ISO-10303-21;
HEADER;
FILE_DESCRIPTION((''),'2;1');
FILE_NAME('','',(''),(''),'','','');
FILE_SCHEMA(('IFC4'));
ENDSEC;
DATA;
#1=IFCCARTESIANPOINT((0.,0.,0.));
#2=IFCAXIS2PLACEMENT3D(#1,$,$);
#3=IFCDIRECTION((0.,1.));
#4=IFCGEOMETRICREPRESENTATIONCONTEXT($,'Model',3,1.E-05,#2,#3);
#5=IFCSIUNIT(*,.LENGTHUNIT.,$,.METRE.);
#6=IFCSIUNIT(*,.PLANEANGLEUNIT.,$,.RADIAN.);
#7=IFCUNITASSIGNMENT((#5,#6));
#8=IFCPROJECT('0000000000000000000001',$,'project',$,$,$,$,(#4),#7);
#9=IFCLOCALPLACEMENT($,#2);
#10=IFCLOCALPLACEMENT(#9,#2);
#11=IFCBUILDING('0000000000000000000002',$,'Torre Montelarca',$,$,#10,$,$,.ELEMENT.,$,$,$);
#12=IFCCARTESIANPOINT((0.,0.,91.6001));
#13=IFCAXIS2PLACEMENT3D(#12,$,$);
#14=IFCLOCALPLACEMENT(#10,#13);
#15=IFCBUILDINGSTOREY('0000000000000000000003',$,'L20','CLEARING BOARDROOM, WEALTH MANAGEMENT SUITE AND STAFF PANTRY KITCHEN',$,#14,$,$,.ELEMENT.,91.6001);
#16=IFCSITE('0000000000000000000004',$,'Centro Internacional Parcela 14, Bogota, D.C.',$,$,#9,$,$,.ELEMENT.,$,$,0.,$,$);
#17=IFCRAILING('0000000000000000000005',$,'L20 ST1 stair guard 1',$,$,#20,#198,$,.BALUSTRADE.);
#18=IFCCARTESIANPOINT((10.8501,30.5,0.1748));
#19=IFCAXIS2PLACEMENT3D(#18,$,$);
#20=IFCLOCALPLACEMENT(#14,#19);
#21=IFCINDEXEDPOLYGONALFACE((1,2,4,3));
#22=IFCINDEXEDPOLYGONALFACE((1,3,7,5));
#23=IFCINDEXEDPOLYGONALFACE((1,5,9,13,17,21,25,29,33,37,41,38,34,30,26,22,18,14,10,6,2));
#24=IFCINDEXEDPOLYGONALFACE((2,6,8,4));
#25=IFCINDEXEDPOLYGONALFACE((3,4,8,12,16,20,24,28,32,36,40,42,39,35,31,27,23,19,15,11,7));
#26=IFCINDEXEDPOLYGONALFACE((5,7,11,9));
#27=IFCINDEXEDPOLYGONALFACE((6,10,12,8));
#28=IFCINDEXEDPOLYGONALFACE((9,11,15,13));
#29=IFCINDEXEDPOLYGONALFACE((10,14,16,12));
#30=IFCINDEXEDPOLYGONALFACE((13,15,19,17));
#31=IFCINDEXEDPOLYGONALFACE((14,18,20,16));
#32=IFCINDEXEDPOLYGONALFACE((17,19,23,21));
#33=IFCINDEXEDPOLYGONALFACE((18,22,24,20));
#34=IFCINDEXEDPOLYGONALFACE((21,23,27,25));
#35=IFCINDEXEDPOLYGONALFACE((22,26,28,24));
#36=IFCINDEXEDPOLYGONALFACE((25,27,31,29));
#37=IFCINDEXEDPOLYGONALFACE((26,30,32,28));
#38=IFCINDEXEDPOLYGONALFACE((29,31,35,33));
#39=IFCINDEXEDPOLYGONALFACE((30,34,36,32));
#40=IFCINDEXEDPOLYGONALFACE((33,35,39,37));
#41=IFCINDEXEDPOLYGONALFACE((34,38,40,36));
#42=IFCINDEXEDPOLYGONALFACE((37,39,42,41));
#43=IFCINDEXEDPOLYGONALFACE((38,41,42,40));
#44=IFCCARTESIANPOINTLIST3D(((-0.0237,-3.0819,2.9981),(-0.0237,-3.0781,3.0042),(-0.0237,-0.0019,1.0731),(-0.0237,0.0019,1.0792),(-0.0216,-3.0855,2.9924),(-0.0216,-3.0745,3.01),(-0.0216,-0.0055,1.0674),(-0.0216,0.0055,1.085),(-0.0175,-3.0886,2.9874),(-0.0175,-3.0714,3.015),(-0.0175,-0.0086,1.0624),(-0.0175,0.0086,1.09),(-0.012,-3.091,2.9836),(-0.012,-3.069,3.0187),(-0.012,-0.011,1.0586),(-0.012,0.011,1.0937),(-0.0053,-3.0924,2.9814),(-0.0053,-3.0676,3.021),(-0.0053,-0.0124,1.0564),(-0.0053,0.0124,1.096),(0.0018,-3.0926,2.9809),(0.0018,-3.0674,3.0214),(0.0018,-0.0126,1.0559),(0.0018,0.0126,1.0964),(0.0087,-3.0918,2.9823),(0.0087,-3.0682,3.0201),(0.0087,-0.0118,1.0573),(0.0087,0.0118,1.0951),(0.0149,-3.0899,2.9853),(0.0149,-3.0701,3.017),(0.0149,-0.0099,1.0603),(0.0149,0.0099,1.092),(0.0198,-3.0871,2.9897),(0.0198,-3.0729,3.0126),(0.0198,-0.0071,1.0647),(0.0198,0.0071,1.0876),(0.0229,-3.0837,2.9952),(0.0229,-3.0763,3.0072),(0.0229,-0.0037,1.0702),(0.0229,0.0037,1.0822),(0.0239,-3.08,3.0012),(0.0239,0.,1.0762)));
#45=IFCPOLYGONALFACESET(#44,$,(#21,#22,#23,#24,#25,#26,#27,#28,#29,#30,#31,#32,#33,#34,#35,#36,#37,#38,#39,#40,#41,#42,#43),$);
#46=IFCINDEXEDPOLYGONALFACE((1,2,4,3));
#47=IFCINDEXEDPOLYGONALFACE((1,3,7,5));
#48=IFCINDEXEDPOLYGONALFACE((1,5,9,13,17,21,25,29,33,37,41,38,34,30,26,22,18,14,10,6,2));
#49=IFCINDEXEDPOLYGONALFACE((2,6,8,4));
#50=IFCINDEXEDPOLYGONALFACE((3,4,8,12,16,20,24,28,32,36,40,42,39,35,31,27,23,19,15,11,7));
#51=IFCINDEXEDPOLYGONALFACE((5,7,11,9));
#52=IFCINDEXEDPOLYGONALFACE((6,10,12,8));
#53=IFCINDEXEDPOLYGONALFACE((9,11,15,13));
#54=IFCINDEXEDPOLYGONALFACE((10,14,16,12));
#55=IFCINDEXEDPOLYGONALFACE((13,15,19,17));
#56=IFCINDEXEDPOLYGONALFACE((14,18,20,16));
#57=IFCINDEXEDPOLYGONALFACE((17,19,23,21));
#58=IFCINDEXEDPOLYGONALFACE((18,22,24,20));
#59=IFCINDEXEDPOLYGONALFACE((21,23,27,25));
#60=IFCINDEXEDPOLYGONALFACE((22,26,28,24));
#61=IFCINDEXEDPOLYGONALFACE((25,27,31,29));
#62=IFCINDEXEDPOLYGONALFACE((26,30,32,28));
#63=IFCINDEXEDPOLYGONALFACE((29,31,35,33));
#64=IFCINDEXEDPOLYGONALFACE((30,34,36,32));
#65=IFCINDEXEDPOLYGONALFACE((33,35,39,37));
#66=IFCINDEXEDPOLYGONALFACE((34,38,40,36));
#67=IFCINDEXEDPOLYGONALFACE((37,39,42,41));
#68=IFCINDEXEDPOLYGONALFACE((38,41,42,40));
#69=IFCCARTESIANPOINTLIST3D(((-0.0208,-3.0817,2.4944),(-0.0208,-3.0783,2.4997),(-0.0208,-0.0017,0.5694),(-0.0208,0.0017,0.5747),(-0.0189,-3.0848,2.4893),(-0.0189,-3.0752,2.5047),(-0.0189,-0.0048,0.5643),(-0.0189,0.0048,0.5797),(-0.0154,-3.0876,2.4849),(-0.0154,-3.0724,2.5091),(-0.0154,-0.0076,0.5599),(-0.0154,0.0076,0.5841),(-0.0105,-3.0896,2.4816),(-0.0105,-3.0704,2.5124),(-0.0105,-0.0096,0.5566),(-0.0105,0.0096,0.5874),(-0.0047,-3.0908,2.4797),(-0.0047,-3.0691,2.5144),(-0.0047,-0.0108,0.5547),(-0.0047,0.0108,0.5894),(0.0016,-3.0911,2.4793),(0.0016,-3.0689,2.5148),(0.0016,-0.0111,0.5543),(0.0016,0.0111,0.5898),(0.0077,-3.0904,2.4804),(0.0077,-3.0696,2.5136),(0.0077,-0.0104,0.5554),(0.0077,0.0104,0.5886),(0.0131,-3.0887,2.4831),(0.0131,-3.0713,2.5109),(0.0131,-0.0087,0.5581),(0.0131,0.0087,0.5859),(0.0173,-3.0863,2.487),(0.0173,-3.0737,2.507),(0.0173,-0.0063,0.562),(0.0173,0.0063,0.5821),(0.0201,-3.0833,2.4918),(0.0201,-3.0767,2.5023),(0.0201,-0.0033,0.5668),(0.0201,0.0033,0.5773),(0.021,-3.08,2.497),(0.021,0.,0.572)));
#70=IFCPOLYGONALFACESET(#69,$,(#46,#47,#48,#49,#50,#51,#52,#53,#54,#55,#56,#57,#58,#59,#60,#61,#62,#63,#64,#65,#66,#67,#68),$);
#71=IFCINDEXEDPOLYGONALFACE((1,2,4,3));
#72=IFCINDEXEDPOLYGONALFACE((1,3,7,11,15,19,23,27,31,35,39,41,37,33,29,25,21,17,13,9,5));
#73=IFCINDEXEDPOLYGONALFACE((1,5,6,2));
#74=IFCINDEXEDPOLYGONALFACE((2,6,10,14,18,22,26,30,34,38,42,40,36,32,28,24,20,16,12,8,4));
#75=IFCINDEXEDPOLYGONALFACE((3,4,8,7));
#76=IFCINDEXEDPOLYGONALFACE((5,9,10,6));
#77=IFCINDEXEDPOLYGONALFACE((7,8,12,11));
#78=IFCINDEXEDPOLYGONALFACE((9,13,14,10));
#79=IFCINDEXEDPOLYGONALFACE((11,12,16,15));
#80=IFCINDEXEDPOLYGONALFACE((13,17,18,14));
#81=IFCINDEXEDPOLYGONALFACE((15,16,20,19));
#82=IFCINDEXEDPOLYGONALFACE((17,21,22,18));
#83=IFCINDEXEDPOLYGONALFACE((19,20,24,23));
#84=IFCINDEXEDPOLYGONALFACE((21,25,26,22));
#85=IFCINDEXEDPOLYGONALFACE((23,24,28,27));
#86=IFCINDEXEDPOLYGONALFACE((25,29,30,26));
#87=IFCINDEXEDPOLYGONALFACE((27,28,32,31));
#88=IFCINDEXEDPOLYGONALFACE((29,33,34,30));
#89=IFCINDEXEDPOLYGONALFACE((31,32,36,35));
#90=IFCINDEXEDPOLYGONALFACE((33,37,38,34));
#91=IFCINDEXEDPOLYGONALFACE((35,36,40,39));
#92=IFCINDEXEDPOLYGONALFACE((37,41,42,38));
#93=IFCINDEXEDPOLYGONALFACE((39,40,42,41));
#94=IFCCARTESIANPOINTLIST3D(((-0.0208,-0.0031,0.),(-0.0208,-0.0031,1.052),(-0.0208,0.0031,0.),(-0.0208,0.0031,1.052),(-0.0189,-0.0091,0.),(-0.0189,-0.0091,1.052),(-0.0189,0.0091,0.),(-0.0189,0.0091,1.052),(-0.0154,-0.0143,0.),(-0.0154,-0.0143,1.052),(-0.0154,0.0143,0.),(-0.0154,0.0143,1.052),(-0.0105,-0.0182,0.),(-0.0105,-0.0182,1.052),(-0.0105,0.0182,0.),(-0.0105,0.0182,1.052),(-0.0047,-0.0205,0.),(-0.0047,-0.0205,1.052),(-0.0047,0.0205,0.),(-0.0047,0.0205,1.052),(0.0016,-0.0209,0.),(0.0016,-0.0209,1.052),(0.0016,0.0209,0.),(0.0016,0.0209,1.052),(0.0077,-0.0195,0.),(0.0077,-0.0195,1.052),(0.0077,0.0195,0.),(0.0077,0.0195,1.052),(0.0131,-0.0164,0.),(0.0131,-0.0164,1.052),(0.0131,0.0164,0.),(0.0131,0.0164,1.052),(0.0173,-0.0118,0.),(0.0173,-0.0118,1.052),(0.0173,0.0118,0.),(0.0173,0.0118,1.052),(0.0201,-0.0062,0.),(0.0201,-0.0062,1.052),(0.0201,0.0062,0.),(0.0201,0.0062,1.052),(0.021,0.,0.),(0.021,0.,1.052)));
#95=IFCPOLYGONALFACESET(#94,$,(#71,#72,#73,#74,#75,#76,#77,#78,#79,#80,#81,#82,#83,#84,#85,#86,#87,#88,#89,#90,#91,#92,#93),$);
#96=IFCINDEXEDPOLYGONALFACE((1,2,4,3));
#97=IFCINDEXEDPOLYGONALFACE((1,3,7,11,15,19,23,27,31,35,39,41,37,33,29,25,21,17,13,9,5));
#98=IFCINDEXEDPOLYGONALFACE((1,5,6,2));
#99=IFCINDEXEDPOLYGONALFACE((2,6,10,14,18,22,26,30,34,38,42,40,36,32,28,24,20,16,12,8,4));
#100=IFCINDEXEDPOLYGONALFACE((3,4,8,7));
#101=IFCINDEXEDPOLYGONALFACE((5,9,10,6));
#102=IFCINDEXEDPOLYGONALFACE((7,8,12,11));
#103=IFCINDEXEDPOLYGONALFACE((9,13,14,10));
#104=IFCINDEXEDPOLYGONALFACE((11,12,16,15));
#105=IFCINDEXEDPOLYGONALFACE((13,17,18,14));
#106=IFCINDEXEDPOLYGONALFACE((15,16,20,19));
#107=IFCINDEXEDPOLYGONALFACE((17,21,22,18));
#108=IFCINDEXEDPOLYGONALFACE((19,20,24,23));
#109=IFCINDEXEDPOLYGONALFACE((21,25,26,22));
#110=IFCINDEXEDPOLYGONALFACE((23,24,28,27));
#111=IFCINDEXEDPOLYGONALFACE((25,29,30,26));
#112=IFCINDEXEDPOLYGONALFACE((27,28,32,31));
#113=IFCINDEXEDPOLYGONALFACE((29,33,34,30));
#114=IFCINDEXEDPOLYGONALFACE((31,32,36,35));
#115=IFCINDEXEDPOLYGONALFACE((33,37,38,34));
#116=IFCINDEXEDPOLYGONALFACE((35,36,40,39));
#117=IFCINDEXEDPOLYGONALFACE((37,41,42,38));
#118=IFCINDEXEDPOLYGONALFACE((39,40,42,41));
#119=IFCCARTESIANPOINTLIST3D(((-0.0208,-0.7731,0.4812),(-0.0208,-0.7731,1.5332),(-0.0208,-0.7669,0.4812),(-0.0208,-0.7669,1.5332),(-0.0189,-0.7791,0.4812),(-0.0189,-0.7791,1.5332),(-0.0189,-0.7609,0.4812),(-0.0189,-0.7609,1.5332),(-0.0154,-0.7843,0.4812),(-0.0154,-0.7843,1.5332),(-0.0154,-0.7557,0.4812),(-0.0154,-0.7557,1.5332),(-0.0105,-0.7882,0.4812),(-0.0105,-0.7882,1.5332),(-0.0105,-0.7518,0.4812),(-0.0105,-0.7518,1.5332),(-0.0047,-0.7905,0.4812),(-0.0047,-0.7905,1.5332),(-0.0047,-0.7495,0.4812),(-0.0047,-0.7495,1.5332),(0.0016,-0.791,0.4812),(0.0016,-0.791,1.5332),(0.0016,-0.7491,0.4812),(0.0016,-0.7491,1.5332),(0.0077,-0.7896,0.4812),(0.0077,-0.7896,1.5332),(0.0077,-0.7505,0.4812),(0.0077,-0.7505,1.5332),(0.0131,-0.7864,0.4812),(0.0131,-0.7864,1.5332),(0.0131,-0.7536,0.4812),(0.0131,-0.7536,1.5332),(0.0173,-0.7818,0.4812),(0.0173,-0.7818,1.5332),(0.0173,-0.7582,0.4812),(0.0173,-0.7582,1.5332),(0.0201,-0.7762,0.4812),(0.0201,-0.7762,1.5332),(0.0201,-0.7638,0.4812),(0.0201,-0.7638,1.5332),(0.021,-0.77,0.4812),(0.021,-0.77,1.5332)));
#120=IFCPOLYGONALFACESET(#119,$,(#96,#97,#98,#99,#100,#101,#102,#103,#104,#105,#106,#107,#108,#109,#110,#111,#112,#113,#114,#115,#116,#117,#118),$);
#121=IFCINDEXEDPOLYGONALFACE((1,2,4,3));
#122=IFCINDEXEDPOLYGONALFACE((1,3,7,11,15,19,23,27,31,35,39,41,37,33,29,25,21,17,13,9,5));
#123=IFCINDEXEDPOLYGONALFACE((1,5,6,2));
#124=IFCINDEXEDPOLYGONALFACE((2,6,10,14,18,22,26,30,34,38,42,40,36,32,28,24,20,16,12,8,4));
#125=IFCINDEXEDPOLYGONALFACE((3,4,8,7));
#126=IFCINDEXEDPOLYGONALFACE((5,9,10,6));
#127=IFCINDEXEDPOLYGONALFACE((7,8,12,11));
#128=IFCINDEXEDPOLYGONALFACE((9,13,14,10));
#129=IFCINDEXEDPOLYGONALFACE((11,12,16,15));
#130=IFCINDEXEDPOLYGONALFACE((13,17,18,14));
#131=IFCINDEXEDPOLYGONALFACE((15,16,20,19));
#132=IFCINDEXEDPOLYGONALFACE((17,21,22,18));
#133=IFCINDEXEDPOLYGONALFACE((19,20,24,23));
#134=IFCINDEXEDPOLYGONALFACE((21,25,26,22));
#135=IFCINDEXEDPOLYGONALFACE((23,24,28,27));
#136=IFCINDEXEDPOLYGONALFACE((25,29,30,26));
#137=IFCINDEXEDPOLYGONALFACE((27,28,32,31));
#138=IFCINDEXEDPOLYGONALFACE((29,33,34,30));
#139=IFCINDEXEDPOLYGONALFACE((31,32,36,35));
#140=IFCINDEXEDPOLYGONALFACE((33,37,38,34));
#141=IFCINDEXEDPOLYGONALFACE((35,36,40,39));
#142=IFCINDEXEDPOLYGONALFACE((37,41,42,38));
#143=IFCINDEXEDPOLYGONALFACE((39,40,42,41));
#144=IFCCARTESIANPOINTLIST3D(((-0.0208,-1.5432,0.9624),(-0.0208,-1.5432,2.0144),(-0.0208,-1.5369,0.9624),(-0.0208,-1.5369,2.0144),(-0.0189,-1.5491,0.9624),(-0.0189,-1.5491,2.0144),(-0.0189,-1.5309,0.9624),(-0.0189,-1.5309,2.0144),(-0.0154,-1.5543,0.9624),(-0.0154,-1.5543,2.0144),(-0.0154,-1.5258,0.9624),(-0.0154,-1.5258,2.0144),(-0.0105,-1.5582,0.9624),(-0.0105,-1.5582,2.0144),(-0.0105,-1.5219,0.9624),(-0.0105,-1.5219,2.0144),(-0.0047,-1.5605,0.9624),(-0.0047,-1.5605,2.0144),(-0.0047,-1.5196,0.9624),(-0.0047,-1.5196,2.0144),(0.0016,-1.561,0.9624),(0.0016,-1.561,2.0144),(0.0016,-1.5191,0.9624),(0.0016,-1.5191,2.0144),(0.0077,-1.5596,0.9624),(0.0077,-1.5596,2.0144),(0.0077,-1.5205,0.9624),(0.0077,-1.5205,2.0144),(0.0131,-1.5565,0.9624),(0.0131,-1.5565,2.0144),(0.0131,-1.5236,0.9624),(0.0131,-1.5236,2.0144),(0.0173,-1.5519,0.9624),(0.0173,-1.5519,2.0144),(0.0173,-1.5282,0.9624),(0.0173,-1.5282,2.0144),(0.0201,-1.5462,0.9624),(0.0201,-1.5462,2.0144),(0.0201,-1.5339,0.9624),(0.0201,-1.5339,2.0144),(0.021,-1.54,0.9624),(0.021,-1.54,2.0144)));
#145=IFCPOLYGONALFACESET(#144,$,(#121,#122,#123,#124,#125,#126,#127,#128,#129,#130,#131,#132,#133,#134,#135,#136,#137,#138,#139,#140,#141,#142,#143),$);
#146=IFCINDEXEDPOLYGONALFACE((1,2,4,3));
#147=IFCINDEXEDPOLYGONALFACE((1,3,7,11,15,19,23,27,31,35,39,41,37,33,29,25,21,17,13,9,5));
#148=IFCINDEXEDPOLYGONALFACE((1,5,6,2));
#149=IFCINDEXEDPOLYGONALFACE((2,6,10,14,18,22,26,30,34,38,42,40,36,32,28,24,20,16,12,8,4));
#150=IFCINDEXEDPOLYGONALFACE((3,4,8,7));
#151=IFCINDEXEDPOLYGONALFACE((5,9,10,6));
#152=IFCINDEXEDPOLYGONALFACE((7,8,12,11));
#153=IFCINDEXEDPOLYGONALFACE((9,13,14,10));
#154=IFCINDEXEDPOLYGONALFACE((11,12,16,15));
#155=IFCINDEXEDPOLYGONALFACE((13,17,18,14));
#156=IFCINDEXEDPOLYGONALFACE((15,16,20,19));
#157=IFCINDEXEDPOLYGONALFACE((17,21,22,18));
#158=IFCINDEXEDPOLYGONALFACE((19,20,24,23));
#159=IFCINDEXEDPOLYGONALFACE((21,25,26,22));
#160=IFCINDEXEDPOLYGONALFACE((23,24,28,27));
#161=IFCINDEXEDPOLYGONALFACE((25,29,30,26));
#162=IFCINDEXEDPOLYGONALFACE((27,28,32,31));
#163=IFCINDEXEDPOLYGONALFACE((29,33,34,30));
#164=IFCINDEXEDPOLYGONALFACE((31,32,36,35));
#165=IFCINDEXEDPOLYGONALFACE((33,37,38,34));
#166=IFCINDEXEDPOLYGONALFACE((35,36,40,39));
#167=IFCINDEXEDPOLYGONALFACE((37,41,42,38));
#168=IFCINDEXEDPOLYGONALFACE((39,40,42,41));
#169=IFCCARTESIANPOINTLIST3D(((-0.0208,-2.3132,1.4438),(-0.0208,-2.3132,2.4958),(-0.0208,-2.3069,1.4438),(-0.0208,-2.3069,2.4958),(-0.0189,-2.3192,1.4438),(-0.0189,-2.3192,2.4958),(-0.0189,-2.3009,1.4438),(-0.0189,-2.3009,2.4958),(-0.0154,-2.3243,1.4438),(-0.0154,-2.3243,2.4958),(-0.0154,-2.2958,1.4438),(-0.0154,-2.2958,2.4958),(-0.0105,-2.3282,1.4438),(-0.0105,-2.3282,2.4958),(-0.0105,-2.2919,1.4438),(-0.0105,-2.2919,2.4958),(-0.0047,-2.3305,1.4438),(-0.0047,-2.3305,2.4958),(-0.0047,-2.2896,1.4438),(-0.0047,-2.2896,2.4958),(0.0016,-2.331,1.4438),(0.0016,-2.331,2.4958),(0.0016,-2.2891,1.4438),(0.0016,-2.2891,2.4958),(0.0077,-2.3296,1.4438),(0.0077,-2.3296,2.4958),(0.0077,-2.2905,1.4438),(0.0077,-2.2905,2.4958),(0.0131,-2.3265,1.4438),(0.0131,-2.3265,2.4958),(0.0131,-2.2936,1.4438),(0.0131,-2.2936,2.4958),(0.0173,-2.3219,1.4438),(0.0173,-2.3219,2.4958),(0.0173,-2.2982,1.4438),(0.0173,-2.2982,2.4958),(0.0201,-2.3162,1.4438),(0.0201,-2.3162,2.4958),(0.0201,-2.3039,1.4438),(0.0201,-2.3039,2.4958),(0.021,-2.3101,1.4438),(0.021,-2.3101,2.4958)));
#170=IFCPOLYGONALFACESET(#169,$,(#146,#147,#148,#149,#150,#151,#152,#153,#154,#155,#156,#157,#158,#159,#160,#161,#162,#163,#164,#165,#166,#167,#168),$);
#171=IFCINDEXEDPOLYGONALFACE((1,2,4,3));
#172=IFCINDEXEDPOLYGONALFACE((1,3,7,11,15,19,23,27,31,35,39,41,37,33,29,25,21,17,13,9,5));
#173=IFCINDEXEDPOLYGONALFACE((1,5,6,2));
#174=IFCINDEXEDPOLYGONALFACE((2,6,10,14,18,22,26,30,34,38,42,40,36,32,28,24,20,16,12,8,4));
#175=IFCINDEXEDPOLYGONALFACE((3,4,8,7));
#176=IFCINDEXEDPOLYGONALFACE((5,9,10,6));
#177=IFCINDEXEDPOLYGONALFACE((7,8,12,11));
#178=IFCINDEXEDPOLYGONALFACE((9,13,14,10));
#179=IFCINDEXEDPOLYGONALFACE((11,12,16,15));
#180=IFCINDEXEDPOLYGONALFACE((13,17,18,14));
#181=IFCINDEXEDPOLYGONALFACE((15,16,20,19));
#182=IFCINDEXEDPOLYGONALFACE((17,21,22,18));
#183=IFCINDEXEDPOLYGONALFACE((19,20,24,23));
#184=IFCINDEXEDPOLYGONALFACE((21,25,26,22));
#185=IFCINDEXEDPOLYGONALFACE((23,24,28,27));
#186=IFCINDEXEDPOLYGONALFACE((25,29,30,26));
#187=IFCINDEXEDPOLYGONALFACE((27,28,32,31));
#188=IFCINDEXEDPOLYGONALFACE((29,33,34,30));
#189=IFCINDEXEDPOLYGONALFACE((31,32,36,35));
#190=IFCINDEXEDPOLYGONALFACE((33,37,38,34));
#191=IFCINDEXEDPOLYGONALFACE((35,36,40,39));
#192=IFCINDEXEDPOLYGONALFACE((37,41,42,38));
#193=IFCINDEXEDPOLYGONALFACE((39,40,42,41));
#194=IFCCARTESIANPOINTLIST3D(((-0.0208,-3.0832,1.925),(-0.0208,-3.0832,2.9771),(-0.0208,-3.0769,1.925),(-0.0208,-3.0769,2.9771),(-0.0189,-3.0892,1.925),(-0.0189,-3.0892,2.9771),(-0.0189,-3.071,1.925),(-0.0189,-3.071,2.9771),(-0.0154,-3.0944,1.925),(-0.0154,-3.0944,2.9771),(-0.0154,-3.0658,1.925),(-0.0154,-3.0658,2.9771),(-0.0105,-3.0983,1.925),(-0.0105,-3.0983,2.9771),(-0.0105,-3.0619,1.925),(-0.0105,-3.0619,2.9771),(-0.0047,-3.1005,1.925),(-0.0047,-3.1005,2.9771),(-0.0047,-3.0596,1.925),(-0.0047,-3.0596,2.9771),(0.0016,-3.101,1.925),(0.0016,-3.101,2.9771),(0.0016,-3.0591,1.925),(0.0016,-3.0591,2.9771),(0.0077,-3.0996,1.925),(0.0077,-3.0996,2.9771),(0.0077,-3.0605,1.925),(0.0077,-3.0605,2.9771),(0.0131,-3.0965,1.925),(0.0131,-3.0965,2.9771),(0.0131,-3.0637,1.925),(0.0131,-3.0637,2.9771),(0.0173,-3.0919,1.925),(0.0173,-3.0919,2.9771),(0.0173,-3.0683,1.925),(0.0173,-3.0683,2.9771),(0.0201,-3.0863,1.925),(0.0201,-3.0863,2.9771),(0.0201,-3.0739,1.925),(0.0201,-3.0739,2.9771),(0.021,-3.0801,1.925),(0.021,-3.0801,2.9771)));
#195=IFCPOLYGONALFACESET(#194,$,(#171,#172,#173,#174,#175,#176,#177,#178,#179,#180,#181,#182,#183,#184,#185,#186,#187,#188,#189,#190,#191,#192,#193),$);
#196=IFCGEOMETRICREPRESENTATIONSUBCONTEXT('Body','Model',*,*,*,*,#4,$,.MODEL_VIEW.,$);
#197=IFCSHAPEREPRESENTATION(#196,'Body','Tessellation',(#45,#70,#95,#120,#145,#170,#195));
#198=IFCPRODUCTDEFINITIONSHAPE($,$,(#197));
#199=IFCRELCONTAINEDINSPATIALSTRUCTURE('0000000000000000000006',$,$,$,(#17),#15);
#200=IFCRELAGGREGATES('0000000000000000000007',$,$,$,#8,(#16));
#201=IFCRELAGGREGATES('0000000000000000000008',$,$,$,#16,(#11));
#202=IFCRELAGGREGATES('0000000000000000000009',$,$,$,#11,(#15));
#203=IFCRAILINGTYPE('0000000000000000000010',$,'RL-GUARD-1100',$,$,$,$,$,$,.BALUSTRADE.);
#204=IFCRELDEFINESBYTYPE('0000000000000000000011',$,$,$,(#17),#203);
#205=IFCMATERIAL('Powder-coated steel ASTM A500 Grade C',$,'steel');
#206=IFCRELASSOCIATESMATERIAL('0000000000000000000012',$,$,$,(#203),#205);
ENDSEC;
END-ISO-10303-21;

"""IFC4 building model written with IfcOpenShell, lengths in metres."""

from ifc_helpers import new_model, si_unit, direction, frame, origin, origin_2d, place, context, subcontext, project, spatial, circle, extrude, material, type_object, element, save


model = new_model("IFC4")

# Units and contexts
model_context = context("Model", 3, precision=1e-05, world=origin(), true_north=direction((0.0, 1.0)))
body_context = subcontext(model_context, "Body", "Model", "MODEL_VIEW")
ifc_project = project(units=[si_unit("LENGTHUNIT", "METRE"), si_unit("PLANEANGLEUNIT", "RADIAN")], contexts=[model_context])

# Site, building, storey
site_placement = place(None, origin())
site = spatial("IfcSite", under=ifc_project, at=site_placement, Name="Centro Internacional Parcela 14, Bogota, D.C.", CompositionType="ELEMENT", RefElevation=0.0)
building_placement = place(site_placement, origin())
building = spatial("IfcBuilding", under=site, at=building_placement, Name="Torre Montelarca", CompositionType="ELEMENT")
storey_placement = place(building_placement, frame((0.0, 0.0, 91.6001)))
storey = spatial("IfcBuildingStorey", under=building, at=storey_placement, Name="L20", Description="CLEARING BOARDROOM, WEALTH MANAGEMENT SUITE AND STAFF PANTRY KITCHEN", CompositionType="ELEMENT", Elevation=91.6001)

# Railing
ifc_material_1 = material(Name="Powder-coated steel ASTM A500 Grade C", Category="steel")
railing_type_1 = type_object("IfcRailingType", Name="RL-GUARD-1100", PredefinedType="BALUSTRADE", material=ifc_material_1)
railing_1_placement = place(storey_placement, frame((10.8501, 30.5, 0.1748)))
element("IfcRailing", 1, at=railing_1_placement, inside=storey, type_object=railing_type_1, Name="L20 ST1 stair guard 1", PredefinedType="BALUSTRADE", context=body_context, shape_type="SweptSolid", body=[
    extrude(circle(Radius=0.0239, at=origin_2d()), frame((0.0, 0.0, 1.0762), z_axis=(0.0, -0.847998, 0.529999), x_axis=(1.0, 0.0, 0.0)), (0.0, 0.0, 1.0), 3.6321),
    extrude(circle(Radius=0.021, at=origin_2d()), frame((0.0, 0.0, 0.572), z_axis=(0.0, -0.847998, 0.529999), x_axis=(1.0, 0.0, 0.0)), (0.0, 0.0, 1.0), 3.6321),
    extrude(circle(Radius=0.021, at=origin_2d()), origin(), (0.0, 0.0, 1.0), 1.052),
    extrude(circle(Radius=0.021, at=origin_2d()), frame((0.0, -0.77, 0.4812)), (0.0, 0.0, 1.0), 1.052),
    extrude(circle(Radius=0.021, at=origin_2d()), frame((0.0, -1.54, 0.9624)), (0.0, 0.0, 1.0), 1.052),
    extrude(circle(Radius=0.021, at=origin_2d()), frame((0.0, -2.3101, 1.4438)), (0.0, 0.0, 1.0), 1.052),
    extrude(circle(Radius=0.021, at=origin_2d()), frame((0.0, -3.0801, 1.925)), (0.0, 0.0, 1.0), 1.052),
])

save(model, "model.ifc")
